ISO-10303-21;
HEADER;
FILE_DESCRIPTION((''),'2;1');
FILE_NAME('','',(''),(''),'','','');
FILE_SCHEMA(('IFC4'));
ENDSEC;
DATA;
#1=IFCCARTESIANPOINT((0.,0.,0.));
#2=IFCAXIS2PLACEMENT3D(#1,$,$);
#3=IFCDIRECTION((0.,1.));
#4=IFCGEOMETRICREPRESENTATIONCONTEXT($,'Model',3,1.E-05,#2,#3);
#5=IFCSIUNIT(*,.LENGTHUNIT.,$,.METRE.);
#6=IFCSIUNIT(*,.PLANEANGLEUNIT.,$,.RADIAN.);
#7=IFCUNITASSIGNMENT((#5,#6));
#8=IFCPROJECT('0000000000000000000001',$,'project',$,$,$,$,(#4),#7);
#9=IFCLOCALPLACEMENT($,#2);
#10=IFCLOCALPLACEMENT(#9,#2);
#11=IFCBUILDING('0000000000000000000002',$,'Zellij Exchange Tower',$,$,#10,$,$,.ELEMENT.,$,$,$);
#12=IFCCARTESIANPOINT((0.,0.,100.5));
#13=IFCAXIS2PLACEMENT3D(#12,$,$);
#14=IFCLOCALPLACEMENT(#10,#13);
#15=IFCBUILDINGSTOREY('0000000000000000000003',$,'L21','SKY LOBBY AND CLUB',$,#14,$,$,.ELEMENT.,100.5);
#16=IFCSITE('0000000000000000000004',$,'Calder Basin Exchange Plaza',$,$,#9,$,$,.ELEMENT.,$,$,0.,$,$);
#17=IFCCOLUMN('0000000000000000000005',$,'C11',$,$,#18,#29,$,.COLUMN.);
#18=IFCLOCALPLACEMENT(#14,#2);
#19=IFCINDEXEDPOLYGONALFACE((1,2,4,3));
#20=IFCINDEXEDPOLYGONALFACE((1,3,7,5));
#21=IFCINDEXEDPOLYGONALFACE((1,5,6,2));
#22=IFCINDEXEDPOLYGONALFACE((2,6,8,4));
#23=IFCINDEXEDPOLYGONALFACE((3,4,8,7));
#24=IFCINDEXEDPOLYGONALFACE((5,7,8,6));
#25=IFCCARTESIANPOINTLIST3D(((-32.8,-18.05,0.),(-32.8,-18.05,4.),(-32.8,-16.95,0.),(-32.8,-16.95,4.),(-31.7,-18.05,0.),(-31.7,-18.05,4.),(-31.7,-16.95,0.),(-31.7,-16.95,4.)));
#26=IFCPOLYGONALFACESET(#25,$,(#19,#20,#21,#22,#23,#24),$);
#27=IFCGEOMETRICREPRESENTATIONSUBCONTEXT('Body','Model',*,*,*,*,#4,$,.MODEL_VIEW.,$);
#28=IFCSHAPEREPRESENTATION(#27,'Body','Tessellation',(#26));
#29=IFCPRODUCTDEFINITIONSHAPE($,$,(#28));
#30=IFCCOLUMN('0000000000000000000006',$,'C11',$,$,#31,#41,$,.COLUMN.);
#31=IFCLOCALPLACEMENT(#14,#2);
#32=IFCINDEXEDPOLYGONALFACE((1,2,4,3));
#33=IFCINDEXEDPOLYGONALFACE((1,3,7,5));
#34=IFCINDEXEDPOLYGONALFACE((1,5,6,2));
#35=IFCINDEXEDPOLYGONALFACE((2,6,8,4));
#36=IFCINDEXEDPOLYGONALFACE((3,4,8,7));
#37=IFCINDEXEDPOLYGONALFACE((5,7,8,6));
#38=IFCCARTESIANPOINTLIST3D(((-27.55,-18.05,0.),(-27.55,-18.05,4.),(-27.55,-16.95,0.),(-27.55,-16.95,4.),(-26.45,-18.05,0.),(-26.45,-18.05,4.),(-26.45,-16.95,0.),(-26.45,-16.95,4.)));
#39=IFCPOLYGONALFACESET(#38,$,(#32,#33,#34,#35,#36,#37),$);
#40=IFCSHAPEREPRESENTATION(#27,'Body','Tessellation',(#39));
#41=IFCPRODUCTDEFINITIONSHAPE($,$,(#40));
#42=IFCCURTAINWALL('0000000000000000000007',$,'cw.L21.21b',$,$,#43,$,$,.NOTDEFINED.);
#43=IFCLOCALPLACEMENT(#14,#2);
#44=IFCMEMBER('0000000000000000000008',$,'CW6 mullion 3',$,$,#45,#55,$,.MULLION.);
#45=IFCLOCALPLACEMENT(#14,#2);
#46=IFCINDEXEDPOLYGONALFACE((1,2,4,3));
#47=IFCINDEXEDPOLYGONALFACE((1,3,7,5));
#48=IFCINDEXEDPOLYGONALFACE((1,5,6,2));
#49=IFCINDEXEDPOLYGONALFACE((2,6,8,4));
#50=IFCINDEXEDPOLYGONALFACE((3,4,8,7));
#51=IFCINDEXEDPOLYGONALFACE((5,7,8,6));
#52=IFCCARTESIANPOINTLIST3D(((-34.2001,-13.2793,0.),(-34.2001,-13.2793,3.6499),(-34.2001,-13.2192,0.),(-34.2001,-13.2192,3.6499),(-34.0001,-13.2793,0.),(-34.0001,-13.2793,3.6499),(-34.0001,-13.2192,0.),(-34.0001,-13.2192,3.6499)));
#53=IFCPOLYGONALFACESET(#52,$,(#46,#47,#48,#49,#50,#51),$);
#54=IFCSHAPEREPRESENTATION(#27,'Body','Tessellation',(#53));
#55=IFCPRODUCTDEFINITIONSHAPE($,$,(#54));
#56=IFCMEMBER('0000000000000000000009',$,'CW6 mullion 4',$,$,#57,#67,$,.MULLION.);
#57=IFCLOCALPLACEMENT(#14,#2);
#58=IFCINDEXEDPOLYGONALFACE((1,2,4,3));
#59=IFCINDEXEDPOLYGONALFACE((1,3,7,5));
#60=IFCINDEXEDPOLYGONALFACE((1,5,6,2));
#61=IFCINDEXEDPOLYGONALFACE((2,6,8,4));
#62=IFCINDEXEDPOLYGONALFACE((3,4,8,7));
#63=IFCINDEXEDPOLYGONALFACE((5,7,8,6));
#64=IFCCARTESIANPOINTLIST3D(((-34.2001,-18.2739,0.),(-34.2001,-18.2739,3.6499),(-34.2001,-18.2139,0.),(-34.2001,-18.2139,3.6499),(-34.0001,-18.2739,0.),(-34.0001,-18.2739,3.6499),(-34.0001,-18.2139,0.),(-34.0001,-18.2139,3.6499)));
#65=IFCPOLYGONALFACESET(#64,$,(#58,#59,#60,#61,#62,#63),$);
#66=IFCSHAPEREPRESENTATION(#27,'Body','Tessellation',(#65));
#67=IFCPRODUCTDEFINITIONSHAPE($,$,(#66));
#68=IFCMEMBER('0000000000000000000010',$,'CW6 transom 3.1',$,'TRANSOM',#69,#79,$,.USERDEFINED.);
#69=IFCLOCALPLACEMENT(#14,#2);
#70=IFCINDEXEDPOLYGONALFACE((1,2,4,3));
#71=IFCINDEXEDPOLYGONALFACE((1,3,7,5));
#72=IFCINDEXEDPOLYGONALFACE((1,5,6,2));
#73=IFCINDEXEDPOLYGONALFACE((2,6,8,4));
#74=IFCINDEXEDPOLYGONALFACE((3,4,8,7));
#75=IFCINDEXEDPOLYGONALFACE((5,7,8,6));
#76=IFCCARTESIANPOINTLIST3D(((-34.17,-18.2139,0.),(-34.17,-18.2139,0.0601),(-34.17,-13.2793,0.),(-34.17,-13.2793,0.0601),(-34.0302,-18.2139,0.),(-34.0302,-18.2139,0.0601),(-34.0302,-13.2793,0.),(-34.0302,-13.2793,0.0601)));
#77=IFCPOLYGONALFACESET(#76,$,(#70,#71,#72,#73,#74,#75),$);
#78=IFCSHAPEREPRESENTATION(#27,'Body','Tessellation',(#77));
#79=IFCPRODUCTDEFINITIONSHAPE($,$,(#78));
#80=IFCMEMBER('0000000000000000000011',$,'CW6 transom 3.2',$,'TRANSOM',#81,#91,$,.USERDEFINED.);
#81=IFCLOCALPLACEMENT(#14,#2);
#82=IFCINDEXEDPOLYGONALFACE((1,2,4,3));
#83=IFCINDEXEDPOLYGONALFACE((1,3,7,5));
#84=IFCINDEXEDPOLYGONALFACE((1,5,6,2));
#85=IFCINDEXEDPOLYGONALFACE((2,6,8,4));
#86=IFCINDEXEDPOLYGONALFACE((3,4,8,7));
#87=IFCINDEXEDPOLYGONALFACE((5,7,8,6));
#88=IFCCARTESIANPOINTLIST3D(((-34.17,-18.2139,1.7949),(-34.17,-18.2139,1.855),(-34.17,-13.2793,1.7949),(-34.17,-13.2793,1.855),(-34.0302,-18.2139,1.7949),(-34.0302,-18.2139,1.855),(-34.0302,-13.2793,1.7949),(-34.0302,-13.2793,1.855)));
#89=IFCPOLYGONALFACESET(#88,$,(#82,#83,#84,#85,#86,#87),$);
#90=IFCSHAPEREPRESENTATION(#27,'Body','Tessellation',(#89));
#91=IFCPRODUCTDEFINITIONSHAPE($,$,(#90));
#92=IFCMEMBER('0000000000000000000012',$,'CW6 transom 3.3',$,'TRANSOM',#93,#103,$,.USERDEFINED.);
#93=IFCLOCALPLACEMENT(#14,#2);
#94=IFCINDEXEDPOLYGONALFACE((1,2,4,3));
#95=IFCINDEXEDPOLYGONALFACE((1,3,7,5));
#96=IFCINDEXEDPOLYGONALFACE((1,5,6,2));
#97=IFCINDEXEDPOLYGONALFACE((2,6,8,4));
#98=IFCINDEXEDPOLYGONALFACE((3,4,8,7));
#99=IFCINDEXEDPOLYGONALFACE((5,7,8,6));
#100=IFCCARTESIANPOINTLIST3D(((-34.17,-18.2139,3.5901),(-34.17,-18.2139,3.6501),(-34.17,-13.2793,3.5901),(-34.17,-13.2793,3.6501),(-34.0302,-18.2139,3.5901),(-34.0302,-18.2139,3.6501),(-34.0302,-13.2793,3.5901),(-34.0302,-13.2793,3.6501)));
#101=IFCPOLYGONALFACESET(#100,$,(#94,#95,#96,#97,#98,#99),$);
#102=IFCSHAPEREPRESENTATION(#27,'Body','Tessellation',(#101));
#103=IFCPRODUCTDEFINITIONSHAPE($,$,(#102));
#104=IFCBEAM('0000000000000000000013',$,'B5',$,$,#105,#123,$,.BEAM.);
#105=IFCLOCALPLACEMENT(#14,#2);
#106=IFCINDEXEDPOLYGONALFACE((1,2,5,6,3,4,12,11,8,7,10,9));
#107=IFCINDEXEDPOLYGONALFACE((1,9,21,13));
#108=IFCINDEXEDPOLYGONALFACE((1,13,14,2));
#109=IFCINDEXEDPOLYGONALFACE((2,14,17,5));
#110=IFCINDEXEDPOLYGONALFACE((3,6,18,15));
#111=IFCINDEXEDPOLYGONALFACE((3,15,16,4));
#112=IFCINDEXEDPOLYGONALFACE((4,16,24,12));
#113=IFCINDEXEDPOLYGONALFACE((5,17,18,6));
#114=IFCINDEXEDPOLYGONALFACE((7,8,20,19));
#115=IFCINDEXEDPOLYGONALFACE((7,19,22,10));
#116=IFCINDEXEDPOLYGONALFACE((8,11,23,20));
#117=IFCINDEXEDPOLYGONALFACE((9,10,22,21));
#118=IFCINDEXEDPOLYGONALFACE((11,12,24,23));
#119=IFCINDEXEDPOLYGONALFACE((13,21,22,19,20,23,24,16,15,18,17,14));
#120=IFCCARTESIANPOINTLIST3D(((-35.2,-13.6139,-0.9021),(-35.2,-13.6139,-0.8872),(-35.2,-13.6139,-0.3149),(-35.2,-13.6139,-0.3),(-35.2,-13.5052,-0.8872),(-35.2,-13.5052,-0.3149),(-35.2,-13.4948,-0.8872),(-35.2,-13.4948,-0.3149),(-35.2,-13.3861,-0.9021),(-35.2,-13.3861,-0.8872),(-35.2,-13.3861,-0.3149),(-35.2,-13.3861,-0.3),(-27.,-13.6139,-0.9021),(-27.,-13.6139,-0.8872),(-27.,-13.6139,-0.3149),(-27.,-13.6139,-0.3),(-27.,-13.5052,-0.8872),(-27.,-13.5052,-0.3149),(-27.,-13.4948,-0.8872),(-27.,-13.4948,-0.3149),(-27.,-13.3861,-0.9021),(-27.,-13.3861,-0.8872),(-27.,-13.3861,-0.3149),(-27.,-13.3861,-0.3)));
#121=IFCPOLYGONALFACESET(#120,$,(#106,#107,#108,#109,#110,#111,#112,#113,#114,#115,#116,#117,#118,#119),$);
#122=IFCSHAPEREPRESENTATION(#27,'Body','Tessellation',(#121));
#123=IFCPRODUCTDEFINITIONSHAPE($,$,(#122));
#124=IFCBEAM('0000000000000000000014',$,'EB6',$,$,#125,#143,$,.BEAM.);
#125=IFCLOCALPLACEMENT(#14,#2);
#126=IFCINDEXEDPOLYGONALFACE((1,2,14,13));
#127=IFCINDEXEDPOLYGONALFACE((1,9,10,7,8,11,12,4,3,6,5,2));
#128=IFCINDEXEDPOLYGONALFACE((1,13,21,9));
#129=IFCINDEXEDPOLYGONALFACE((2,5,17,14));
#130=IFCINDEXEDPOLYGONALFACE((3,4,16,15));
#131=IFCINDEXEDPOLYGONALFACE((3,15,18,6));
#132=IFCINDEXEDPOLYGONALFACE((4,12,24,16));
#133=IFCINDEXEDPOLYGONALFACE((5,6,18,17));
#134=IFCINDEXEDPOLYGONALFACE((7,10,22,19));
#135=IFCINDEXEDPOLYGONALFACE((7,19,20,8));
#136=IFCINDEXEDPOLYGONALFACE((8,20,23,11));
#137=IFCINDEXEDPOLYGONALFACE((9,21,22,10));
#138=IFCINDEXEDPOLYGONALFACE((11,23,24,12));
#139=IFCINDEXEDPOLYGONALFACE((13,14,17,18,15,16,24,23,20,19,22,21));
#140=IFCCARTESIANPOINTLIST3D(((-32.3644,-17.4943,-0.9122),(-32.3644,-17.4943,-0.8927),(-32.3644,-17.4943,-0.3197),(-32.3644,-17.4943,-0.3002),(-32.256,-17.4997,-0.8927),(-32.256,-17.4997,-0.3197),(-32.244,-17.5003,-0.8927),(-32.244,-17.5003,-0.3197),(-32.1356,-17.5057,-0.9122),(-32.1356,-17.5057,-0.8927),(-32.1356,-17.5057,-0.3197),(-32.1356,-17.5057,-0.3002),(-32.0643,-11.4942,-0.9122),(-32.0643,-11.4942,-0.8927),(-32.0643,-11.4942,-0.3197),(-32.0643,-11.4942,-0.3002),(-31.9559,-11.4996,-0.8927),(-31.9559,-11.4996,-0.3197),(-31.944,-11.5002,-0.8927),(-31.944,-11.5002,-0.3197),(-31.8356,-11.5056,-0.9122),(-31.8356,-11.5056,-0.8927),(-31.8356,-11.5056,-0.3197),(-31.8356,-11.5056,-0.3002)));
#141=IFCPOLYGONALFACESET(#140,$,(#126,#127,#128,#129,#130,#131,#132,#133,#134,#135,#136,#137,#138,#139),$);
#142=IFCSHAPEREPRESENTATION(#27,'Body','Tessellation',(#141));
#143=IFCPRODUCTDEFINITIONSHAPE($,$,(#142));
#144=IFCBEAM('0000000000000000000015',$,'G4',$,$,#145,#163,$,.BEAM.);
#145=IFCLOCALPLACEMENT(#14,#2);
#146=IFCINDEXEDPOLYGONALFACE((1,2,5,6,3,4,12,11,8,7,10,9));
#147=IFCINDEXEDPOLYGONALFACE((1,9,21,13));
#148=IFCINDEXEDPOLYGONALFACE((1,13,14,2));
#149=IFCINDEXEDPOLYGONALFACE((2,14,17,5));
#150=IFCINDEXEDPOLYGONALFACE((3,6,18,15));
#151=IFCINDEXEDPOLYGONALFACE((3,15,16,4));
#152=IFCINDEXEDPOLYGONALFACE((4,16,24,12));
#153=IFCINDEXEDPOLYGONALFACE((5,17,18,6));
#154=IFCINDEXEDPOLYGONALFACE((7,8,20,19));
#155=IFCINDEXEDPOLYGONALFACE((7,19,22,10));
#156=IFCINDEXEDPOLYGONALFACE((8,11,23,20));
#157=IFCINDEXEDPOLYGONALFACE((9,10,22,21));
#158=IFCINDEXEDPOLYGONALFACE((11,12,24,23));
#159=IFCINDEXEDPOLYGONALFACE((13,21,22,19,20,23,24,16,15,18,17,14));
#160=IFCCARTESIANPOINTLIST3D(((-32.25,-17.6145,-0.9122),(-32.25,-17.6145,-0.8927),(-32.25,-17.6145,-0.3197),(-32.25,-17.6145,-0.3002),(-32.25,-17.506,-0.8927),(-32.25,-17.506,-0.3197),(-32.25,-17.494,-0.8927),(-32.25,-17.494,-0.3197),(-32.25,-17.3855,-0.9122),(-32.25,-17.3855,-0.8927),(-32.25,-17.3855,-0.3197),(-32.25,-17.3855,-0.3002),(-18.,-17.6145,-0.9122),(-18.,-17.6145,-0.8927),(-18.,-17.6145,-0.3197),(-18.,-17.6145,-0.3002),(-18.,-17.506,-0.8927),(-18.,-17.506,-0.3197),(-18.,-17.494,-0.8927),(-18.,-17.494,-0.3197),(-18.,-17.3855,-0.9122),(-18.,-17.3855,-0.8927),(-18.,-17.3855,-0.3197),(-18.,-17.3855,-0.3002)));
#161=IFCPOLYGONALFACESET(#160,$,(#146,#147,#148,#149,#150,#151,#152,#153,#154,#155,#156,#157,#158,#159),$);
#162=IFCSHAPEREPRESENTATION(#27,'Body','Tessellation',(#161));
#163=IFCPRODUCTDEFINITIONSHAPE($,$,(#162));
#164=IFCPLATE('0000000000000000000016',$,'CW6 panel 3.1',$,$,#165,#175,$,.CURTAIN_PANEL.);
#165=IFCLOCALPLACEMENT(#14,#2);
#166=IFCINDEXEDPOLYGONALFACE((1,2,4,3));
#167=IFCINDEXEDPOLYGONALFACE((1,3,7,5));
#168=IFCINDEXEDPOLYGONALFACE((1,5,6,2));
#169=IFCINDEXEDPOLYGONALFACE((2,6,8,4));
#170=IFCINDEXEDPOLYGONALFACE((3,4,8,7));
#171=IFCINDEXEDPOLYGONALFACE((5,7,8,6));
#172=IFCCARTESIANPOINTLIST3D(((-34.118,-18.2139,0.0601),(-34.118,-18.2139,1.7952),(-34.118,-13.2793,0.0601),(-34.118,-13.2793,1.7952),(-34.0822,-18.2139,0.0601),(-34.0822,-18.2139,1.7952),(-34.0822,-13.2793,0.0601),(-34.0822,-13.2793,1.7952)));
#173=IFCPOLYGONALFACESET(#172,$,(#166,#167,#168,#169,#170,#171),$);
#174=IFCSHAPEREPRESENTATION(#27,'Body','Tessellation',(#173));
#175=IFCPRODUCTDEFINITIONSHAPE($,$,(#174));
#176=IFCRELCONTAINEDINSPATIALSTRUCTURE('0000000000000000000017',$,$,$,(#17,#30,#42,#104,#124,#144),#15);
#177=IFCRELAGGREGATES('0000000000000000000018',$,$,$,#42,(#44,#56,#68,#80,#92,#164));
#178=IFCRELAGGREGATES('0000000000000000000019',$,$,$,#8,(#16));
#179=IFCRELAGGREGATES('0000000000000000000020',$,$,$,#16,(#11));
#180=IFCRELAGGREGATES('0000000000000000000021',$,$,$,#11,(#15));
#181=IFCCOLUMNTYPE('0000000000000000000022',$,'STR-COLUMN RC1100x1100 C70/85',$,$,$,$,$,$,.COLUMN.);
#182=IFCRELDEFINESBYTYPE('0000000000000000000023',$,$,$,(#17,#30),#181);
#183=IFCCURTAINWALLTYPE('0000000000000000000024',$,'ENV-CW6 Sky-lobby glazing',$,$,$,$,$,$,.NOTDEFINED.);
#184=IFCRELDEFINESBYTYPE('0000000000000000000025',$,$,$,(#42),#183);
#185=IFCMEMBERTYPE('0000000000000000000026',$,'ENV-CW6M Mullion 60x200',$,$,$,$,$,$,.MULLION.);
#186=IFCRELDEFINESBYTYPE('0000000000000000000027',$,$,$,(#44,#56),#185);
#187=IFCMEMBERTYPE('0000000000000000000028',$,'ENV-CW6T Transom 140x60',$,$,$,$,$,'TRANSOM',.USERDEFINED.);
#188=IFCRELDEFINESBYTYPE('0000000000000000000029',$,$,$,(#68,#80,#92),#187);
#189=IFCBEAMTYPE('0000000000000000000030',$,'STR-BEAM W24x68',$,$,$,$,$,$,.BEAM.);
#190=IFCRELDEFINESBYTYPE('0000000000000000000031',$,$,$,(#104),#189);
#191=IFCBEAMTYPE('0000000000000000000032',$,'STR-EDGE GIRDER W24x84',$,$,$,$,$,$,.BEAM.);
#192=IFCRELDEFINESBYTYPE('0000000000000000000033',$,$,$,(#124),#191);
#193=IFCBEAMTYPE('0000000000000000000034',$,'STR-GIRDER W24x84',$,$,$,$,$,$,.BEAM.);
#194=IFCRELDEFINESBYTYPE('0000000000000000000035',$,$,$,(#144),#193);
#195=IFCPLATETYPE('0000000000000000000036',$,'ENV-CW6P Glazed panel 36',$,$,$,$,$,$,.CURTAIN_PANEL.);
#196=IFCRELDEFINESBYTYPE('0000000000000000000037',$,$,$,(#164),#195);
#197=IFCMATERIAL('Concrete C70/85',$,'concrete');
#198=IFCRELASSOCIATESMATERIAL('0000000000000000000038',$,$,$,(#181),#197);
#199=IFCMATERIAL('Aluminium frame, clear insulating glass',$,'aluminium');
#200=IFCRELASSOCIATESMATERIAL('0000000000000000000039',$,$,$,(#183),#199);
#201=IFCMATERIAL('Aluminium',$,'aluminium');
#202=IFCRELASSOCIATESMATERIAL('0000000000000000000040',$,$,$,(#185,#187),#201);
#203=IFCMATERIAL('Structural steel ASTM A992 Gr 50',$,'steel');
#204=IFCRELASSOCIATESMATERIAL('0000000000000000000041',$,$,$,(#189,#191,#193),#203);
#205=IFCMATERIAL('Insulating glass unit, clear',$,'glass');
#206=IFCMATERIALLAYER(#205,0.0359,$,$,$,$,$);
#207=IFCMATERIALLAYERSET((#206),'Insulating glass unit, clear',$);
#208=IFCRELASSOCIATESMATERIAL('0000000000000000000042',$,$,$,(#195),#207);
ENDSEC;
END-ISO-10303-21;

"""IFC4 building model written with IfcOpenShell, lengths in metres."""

from ifc_helpers import new_model, si_unit, direction, frame, origin, origin_2d, place, context, subcontext, project, spatial, rectangle, i_section, extrude, material, layer, layer_set, material_profile, profile_set, type_object, element, aggregate, save


model = new_model("IFC4")

# Units and contexts
model_context = context("Model", 3, precision=1e-05, world=origin(), true_north=direction((0.0, 1.0)))
body_context = subcontext(model_context, "Body", "Model", "MODEL_VIEW")
ifc_project = project(units=[si_unit("LENGTHUNIT", "METRE"), si_unit("PLANEANGLEUNIT", "RADIAN")], contexts=[model_context])

# Site, building, storey
site_placement = place(None, origin())
site = spatial("IfcSite", under=ifc_project, at=site_placement, Name="Calder Basin Exchange Plaza", CompositionType="ELEMENT", RefElevation=0.0)
building_placement = place(site_placement, origin())
building = spatial("IfcBuilding", under=site, at=building_placement, Name="Zellij Exchange Tower", CompositionType="ELEMENT")
storey_placement = place(building_placement, frame((0.0, 0.0, 100.5)))
storey = spatial("IfcBuildingStorey", under=building, at=storey_placement, Name="L21", Description="SKY LOBBY AND CLUB", CompositionType="ELEMENT", Elevation=100.5)

# Columns
ifc_material_1 = material(Name="Concrete C70/85", Category="concrete")
ifc_material_profile_1 = material_profile(ifc_material_1, rectangle(XDim=1.1001, YDim=1.1001, at=origin_2d()), Name="STR-COLUMN RC1100x1100 C70/85")
ifc_profile_set_1 = profile_set([ifc_material_profile_1], Name="Concrete C70/85")
column_type = type_object("IfcColumnType", Name="STR-COLUMN RC1100x1100 C70/85", PredefinedType="COLUMN", material=ifc_profile_set_1)
for number, where, z_axis, x_axis, name in (
    (1, (-32.25, -17.5, 0.0), (0.0, 0.0, 1.0), (1.0, 0.0, 0.0), "C11"),
    (2, (-27.0, -17.5, 0.0), (0.0, 0.0, 1.0), (1.0, 0.0, 0.0), "C11"),
):
    element("IfcColumn", number, at=place(storey_placement, frame(where, z_axis=z_axis, x_axis=x_axis)), inside=storey, type_object=column_type, Name=name, PredefinedType="COLUMN", context=body_context, shape_type="SweptSolid", body=[
        extrude(rectangle(XDim=1.1001, YDim=1.1001, at=origin_2d()), origin(), (0.0, 0.0, 1.0), 4.0),
    ])

# Curtain wall, members
ifc_material_2 = material(Name="Aluminium frame, clear insulating glass", Category="aluminium")
curtain_wall_type = type_object("IfcCurtainWallType", Name="ENV-CW6 Sky-lobby glazing", PredefinedType="NOTDEFINED", material=ifc_material_2)
curtain_wall_placement = place(storey_placement, origin())
curtain_wall = element("IfcCurtainWall", 3, at=curtain_wall_placement, inside=storey, type_object=curtain_wall_type, Name="cw.L21.21b", PredefinedType="NOTDEFINED")
ifc_material_3 = material(Name="Aluminium", Category="aluminium")
ifc_material_profile_2 = material_profile(ifc_material_3, rectangle(XDim=0.0601, YDim=0.2, at=origin_2d()), Name="AL 60x200")
ifc_profile_set_2 = profile_set([ifc_material_profile_2], Name="Aluminium")
member_type_1 = type_object("IfcMemberType", Name="ENV-CW6M Mullion 60x200", PredefinedType="MULLION", material=ifc_profile_set_2)
member_1_placement = place(storey_placement, frame((-34.1001, -13.2493, 0.0), z_axis=(0.0, 0.0, 1.0), x_axis=(0.0, -1.0, 0.0)))
member_1 = element("IfcMember", 4, at=member_1_placement, type_object=member_type_1, Name="CW6 mullion 3", PredefinedType="MULLION", context=body_context, shape_type="SweptSolid", body=[
    extrude(rectangle(XDim=0.0601, YDim=0.2, at=origin_2d()), origin(), (0.0, 0.0, 1.0), 3.6499),
])
member_2_placement = place(storey_placement, frame((-34.1001, -18.2439, 0.0), z_axis=(0.0, 0.0, 1.0), x_axis=(0.0, -1.0, 0.0)))
member_2 = element("IfcMember", 5, at=member_2_placement, type_object=member_type_1, Name="CW6 mullion 4", PredefinedType="MULLION", context=body_context, shape_type="SweptSolid", body=[
    extrude(rectangle(XDim=0.0601, YDim=0.2, at=origin_2d()), origin(), (0.0, 0.0, 1.0), 3.6499),
])
ifc_material_profile_3 = material_profile(ifc_material_3, rectangle(XDim=0.1399, YDim=0.0601, at=origin_2d()), Name="AL 140x60")
ifc_profile_set_3 = profile_set([ifc_material_profile_3], Name="Aluminium")
member_type_2 = type_object("IfcMemberType", Name="ENV-CW6T Transom 140x60", ElementType="TRANSOM", PredefinedType="USERDEFINED", material=ifc_profile_set_3)
member_3_placement = place(storey_placement, frame((-34.1001, -13.2793, 0.03), z_axis=(0.0, -1.0, 0.0), x_axis=(1.0, 0.0, 0.0)))
member_3 = element("IfcMember", 6, at=member_3_placement, type_object=member_type_2, Name="CW6 transom 3.1", ObjectType="TRANSOM", PredefinedType="USERDEFINED", context=body_context, shape_type="SweptSolid", body=[
    extrude(rectangle(XDim=0.1399, YDim=0.0601, at=origin_2d()), origin(), (0.0, 0.0, 1.0), 4.9346),
])
member_4_placement = place(storey_placement, frame((-34.1001, -13.2793, 1.825), z_axis=(0.0, -1.0, 0.0), x_axis=(1.0, 0.0, 0.0)))
member_4 = element("IfcMember", 7, at=member_4_placement, type_object=member_type_2, Name="CW6 transom 3.2", ObjectType="TRANSOM", PredefinedType="USERDEFINED", context=body_context, shape_type="SweptSolid", body=[
    extrude(rectangle(XDim=0.1399, YDim=0.0601, at=origin_2d()), origin(), (0.0, 0.0, 1.0), 4.9346),
])
member_5_placement = place(storey_placement, frame((-34.1001, -13.2793, 3.6201), z_axis=(0.0, -1.0, 0.0), x_axis=(1.0, 0.0, 0.0)))
member_5 = element("IfcMember", 8, at=member_5_placement, type_object=member_type_2, Name="CW6 transom 3.3", ObjectType="TRANSOM", PredefinedType="USERDEFINED", context=body_context, shape_type="SweptSolid", body=[
    extrude(rectangle(XDim=0.1399, YDim=0.0601, at=origin_2d()), origin(), (0.0, 0.0, 1.0), 4.9346),
])

# Beams
ifc_material_4 = material(Name="Structural steel ASTM A992 Gr 50", Category="steel")
ifc_material_profile_4 = material_profile(ifc_material_4, i_section(OverallWidth=0.2278, OverallDepth=0.6021, WebThickness=0.0105, FlangeThickness=0.0149, at=origin_2d()), Name="W24x68")
ifc_profile_set_4 = profile_set([ifc_material_profile_4], Name="Structural steel ASTM A992 Gr 50")
beam_type_1 = type_object("IfcBeamType", Name="STR-BEAM W24x68", PredefinedType="BEAM", material=ifc_profile_set_4)
beam_1_placement = place(storey_placement, frame((-35.2, -13.5, -0.6011), z_axis=(1.0, 0.0, 0.0), x_axis=(0.0, 1.0, 0.0)))
element("IfcBeam", 9, at=beam_1_placement, inside=storey, type_object=beam_type_1, Name="B5", PredefinedType="BEAM", context=body_context, shape_type="SweptSolid", body=[
    extrude(i_section(OverallWidth=0.2278, OverallDepth=0.6021, WebThickness=0.0105, FlangeThickness=0.0149, at=origin_2d()), origin(), (0.0, 0.0, 1.0), 8.2),
])
ifc_material_profile_5 = material_profile(ifc_material_4, i_section(OverallWidth=0.229, OverallDepth=0.6121, WebThickness=0.012, FlangeThickness=0.0195, at=origin_2d()), Name="W24x84")
ifc_profile_set_5 = profile_set([ifc_material_profile_5], Name="Structural steel ASTM A992 Gr 50")
beam_type_2 = type_object("IfcBeamType", Name="STR-EDGE GIRDER W24x84", PredefinedType="BEAM", material=ifc_profile_set_5)
beam_2_placement = place(storey_placement, frame((-32.25, -17.5, -0.6062), z_axis=(0.049946, 0.998752, 0.0), x_axis=(-0.998752, 0.049946, 0.0)))
element("IfcBeam", 10, at=beam_2_placement, inside=storey, type_object=beam_type_2, Name="EB6", PredefinedType="BEAM", context=body_context, shape_type="SweptSolid", body=[
    extrude(i_section(OverallWidth=0.229, OverallDepth=0.6121, WebThickness=0.012, FlangeThickness=0.0195, at=origin_2d()), origin(), (0.0, 0.0, 1.0), 6.0076),
])
ifc_material_profile_6 = material_profile(ifc_material_4, i_section(OverallWidth=0.229, OverallDepth=0.6121, WebThickness=0.012, FlangeThickness=0.0195, at=origin_2d()), Name="W24x84")
ifc_profile_set_6 = profile_set([ifc_material_profile_6], Name="Structural steel ASTM A992 Gr 50")
beam_type_3 = type_object("IfcBeamType", Name="STR-GIRDER W24x84", PredefinedType="BEAM", material=ifc_profile_set_6)
beam_3_placement = place(storey_placement, frame((-32.25, -17.5, -0.6062), z_axis=(1.0, 0.0, 0.0), x_axis=(0.0, 1.0, 0.0)))
element("IfcBeam", 11, at=beam_3_placement, inside=storey, type_object=beam_type_3, Name="G4", PredefinedType="BEAM", context=body_context, shape_type="SweptSolid", body=[
    extrude(i_section(OverallWidth=0.229, OverallDepth=0.6121, WebThickness=0.012, FlangeThickness=0.0195, at=origin_2d()), origin(), (0.0, 0.0, 1.0), 14.25),
])

# Plate
ifc_material_5 = material(Name="Insulating glass unit, clear", Category="glass")
ifc_layer_1 = layer(ifc_material_5, 0.0359)
ifc_layer_set_1 = layer_set([ifc_layer_1], Name="Insulating glass unit, clear")
plate_type = type_object("IfcPlateType", Name="ENV-CW6P Glazed panel 36", PredefinedType="CURTAIN_PANEL", material=ifc_layer_set_1)
plate_1_placement = place(storey_placement, frame((-34.1001, -15.7466, 0.0601), z_axis=(0.0, 0.0, 1.0), x_axis=(0.0, -1.0, 0.0)))
plate_1 = element("IfcPlate", 12, at=plate_1_placement, type_object=plate_type, Name="CW6 panel 3.1", PredefinedType="CURTAIN_PANEL", context=body_context, shape_type="SweptSolid", body=[
    extrude(rectangle(XDim=4.9346, YDim=0.0359, at=origin_2d()), origin(), (0.0, 0.0, 1.0), 1.7351),
])
aggregate(curtain_wall, [member_1, member_2, member_3, member_4, member_5, plate_1])

save(model, "model.ifc")
